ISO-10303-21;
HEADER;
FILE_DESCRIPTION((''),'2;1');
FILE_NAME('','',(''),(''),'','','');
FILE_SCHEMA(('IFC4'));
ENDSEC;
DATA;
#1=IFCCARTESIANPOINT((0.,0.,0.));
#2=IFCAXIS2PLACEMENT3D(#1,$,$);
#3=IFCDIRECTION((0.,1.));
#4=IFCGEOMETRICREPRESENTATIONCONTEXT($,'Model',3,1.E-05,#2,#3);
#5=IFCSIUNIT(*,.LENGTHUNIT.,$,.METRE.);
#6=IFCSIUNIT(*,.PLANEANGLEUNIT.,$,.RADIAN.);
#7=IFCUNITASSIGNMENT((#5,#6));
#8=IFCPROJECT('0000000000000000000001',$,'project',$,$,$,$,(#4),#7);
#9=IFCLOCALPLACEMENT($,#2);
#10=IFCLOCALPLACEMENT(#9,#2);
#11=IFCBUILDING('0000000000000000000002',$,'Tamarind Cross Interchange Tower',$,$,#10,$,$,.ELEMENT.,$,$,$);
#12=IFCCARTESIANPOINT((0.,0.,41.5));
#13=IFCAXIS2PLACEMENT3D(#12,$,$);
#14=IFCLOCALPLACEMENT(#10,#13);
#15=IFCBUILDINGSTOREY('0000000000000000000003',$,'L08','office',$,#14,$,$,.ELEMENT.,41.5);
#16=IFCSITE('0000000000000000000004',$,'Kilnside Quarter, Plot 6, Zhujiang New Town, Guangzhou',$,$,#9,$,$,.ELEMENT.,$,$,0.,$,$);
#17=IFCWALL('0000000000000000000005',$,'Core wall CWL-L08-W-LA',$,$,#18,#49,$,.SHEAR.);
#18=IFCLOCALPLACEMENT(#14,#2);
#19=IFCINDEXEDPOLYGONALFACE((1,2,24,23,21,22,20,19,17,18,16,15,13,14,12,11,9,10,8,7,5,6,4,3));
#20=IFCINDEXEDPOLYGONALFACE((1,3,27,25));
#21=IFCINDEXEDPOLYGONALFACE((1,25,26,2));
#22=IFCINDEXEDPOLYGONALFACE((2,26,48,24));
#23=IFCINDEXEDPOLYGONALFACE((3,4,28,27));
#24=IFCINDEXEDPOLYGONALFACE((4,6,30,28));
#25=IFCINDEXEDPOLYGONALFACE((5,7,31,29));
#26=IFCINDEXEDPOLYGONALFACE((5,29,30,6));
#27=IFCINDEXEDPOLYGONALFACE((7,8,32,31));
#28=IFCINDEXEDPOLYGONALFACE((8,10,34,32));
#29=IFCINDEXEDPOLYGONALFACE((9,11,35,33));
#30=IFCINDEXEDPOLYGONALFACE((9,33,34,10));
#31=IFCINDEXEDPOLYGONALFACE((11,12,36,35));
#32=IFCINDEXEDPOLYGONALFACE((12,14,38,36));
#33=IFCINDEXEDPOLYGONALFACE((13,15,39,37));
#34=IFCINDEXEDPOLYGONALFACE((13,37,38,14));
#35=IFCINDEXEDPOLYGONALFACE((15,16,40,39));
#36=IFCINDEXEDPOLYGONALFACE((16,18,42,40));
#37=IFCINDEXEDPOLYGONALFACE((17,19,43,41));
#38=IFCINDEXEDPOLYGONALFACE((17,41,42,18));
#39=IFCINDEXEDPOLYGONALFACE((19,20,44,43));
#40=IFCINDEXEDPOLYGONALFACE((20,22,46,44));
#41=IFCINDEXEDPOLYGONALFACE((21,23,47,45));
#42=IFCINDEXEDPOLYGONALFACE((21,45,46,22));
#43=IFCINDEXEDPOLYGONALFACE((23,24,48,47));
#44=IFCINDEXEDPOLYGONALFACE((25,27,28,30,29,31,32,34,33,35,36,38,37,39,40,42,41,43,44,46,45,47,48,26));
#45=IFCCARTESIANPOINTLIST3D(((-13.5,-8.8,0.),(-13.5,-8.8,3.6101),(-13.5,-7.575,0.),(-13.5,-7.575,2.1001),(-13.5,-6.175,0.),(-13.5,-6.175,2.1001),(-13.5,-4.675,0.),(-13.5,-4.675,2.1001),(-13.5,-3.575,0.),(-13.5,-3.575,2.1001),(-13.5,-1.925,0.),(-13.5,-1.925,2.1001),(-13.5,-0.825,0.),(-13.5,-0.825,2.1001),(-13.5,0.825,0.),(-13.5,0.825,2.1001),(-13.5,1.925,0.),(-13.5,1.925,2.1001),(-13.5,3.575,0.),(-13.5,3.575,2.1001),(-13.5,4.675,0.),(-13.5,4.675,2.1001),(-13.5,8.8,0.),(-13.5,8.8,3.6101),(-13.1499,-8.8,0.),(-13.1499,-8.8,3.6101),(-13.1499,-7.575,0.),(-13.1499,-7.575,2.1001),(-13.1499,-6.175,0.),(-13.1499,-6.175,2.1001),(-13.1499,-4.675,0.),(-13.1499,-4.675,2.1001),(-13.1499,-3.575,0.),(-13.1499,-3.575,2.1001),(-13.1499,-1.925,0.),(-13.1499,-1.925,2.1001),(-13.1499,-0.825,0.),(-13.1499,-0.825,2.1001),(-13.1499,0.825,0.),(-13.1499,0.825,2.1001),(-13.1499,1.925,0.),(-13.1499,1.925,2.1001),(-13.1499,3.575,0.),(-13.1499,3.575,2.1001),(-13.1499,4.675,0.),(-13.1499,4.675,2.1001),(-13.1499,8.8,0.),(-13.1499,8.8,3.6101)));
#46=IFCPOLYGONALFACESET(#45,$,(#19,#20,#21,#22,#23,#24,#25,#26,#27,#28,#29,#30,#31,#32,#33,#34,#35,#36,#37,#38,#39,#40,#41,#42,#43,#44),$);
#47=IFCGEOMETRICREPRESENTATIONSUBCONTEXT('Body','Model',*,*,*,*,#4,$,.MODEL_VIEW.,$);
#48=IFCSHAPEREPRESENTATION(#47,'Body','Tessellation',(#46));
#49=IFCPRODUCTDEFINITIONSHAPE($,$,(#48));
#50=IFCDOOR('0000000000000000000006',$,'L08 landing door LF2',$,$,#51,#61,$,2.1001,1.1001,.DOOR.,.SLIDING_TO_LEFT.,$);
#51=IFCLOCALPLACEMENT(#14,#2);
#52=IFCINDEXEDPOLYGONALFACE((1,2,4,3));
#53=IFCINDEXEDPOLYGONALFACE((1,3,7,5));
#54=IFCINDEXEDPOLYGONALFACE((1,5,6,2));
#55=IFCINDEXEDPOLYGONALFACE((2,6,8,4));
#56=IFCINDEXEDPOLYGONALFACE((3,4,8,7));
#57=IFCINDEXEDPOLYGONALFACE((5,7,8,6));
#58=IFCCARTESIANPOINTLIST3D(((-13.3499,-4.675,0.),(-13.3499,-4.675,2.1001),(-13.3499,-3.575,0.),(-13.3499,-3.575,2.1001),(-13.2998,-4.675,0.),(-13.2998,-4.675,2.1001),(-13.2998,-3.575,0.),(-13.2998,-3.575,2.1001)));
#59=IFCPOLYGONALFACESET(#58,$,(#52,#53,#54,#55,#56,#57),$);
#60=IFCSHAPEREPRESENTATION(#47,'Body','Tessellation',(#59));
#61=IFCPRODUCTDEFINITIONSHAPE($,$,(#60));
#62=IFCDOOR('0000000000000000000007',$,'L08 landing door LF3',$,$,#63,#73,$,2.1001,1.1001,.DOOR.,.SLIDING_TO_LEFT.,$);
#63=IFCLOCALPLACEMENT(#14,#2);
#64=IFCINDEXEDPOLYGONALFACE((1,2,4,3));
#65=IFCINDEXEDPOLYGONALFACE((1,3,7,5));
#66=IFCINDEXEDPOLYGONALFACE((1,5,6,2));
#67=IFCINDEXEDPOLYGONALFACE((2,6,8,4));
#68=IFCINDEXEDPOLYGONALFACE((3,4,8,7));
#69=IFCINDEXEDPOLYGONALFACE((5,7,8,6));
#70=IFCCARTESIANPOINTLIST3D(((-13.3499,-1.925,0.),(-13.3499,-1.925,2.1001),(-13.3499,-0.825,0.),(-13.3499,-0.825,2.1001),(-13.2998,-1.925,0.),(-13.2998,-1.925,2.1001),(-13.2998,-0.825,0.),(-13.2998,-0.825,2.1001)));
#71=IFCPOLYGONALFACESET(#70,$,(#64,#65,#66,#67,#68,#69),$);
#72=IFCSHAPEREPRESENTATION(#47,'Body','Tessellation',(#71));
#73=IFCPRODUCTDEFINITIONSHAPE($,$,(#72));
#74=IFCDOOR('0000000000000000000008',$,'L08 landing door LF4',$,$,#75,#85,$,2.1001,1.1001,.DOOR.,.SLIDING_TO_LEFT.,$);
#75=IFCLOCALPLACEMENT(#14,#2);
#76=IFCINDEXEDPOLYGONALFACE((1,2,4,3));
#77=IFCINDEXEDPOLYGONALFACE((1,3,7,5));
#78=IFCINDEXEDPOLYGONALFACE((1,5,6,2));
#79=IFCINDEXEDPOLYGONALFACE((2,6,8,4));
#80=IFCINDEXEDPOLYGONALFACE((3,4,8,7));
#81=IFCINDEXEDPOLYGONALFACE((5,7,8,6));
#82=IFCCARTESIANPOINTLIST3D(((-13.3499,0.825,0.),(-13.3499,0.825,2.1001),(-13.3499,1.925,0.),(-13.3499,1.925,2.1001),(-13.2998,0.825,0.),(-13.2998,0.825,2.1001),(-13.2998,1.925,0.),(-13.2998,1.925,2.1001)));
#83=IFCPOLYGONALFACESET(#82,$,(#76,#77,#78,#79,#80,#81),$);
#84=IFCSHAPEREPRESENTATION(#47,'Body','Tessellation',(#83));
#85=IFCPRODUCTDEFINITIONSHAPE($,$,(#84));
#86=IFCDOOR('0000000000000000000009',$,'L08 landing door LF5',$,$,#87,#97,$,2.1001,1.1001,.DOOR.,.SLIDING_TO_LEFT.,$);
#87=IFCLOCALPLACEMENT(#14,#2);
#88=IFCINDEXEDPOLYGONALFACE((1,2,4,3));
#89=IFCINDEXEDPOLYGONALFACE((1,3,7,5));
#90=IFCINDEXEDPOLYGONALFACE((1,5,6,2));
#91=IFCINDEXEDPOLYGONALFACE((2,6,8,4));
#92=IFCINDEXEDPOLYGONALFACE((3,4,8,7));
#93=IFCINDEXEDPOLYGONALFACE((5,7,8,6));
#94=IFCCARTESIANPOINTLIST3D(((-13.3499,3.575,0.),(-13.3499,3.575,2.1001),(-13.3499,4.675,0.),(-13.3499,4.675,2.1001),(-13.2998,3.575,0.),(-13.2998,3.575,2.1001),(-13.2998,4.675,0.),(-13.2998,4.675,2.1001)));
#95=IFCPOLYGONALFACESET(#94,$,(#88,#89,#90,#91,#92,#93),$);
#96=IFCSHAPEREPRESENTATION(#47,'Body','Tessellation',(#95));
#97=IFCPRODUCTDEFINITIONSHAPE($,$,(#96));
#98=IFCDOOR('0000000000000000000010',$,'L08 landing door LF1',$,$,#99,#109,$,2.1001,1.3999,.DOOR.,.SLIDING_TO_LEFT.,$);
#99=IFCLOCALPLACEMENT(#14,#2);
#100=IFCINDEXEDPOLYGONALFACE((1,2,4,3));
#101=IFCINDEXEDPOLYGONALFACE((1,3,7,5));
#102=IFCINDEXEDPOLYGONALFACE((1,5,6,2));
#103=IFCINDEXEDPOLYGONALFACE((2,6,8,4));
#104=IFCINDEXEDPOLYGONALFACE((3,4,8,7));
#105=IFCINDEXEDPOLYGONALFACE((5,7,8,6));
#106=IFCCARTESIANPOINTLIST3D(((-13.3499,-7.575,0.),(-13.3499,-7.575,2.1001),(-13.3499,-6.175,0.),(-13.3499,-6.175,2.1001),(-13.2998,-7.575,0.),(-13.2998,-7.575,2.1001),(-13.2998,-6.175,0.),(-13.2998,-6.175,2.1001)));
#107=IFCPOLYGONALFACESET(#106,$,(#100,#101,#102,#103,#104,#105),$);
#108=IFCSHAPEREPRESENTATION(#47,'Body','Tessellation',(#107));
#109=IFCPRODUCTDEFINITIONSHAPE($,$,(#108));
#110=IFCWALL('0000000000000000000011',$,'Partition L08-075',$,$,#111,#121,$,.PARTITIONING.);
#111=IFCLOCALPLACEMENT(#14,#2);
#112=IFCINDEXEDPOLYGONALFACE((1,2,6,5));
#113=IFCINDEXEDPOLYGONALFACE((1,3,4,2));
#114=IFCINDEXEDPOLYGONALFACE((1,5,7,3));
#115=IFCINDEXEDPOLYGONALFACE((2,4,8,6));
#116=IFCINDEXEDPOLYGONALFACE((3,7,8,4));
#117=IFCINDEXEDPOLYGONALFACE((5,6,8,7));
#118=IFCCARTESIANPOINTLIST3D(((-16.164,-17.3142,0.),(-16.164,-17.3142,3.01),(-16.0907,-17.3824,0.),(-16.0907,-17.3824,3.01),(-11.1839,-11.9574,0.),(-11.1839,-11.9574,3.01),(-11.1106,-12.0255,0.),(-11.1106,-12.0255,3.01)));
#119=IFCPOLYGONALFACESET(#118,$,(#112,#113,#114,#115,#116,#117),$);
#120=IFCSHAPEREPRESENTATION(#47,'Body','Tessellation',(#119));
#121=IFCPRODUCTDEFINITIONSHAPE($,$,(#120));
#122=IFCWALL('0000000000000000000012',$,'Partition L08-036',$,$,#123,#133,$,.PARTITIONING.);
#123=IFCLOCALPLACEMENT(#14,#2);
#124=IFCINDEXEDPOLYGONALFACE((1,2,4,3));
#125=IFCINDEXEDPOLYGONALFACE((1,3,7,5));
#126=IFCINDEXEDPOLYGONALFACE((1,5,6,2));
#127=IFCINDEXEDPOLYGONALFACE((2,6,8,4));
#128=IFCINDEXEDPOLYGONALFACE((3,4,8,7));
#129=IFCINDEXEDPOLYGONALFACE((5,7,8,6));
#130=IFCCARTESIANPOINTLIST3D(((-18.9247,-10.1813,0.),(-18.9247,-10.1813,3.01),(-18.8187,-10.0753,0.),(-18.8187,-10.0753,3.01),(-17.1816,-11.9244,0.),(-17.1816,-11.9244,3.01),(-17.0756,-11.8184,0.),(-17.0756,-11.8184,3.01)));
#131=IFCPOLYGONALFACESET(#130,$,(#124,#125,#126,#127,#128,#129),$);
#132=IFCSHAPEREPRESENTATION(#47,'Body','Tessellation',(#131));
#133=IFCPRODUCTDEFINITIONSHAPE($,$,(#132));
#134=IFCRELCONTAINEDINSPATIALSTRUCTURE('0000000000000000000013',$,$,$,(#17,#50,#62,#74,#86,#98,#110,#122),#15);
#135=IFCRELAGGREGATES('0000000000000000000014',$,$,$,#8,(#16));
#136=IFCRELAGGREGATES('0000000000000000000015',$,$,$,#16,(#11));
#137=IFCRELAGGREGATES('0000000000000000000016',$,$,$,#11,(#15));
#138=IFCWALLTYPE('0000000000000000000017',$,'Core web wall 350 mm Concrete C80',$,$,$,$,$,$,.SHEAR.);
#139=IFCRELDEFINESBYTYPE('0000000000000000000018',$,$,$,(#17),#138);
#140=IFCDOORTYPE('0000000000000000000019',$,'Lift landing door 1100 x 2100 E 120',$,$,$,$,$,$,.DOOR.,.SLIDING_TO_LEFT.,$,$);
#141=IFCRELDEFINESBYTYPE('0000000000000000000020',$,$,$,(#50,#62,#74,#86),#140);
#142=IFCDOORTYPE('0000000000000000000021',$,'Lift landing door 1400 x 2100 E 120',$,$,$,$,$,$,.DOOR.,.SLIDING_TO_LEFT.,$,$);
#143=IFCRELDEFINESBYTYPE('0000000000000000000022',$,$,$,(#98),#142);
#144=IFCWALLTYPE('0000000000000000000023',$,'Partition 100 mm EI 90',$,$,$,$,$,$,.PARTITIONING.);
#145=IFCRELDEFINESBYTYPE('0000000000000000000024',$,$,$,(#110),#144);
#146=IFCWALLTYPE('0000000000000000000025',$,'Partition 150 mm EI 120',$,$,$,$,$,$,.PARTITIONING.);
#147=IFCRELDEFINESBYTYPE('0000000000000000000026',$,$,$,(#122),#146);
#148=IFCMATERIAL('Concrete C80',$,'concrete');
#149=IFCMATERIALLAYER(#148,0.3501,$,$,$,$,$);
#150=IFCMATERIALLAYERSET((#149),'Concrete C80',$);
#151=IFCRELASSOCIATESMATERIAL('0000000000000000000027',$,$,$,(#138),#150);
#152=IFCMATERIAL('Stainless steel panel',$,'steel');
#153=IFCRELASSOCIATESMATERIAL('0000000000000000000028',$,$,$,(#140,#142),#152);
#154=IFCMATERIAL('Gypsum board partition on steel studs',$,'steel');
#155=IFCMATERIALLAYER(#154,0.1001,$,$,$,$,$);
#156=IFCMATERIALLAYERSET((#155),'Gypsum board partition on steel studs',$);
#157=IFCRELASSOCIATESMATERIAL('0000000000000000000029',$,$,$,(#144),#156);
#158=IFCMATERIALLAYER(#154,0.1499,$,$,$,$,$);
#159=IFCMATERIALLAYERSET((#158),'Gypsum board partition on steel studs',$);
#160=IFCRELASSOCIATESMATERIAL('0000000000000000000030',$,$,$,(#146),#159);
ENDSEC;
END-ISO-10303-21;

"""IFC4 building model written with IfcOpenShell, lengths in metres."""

from ifc_helpers import new_model, si_unit, direction, frame, frame_2d, origin, place, context, subcontext, project, spatial, rectangle, extrude, material, layer, layer_set, type_object, element, fill, save


model = new_model("IFC4")

# Units and contexts
model_context = context("Model", 3, precision=1e-05, world=origin(), true_north=direction((0.0, 1.0)))
body_context = subcontext(model_context, "Body", "Model", "MODEL_VIEW")
ifc_project = project(units=[si_unit("LENGTHUNIT", "METRE"), si_unit("PLANEANGLEUNIT", "RADIAN")], contexts=[model_context])

# Site, building, storey
site_placement = place(None, origin())
site = spatial("IfcSite", under=ifc_project, at=site_placement, Name="Kilnside Quarter, Plot 6, Zhujiang New Town, Guangzhou", CompositionType="ELEMENT", RefElevation=0.0)
building_placement = place(site_placement, origin())
building = spatial("IfcBuilding", under=site, at=building_placement, Name="Tamarind Cross Interchange Tower", CompositionType="ELEMENT")
storey_placement = place(building_placement, frame((0.0, 0.0, 41.5)))
storey = spatial("IfcBuildingStorey", under=building, at=storey_placement, Name="L08", Description="office", CompositionType="ELEMENT", Elevation=41.5)

# Wall, openings, doors
ifc_material_1 = material(Name="Concrete C80", Category="concrete")
ifc_layer_1 = layer(ifc_material_1, 0.3501)
ifc_layer_set_1 = layer_set([ifc_layer_1], Name="Concrete C80")
wall_type_1 = type_object("IfcWallType", Name="Core web wall 350 mm Concrete C80", PredefinedType="SHEAR", material=ifc_layer_set_1)
wall_1_placement = place(storey_placement, frame((-13.325, -8.8, 0.0), z_axis=(0.0, 0.0, 1.0), x_axis=(0.0, 1.0, 0.0)))
wall_1 = element("IfcWall", 1, at=wall_1_placement, inside=storey, type_object=wall_type_1, Name="Core wall CWL-L08-W-LA", PredefinedType="SHEAR", context=body_context, shape_type="SweptSolid", body=[
    extrude(rectangle(XDim=17.6001, YDim=0.3501, at=frame_2d((8.8, 0.0))), origin(), (0.0, 0.0, 1.0), 3.6101),
])
opening_1_placement = place(wall_1_placement, frame((1.2251, 0.0, 0.0)))
opening_1 = element("IfcOpeningElement", 2, at=opening_1_placement, cuts=wall_1, PredefinedType="OPENING", context=body_context, shape_type="SweptSolid", body=[
    extrude(rectangle(XDim=1.3999, YDim=2.1001, at=frame_2d((0.7, 1.05))), frame((0.0, 0.1851, 0.0), z_axis=(0.0, -1.0, 0.0), x_axis=(1.0, 0.0, 0.0)), (0.0, 0.0, 1.0), 0.3701),
])
opening_2_placement = place(wall_1_placement, frame((4.125, 0.0, 0.0)))
opening_2 = element("IfcOpeningElement", 3, at=opening_2_placement, cuts=wall_1, PredefinedType="OPENING", context=body_context, shape_type="SweptSolid", body=[
    extrude(rectangle(XDim=1.1001, YDim=2.1001, at=frame_2d((0.55, 1.05))), frame((0.0, 0.1851, 0.0), z_axis=(0.0, -1.0, 0.0), x_axis=(1.0, 0.0, 0.0)), (0.0, 0.0, 1.0), 0.3701),
])
opening_3_placement = place(wall_1_placement, frame((6.875, 0.0, 0.0)))
opening_3 = element("IfcOpeningElement", 4, at=opening_3_placement, cuts=wall_1, PredefinedType="OPENING", context=body_context, shape_type="SweptSolid", body=[
    extrude(rectangle(XDim=1.1001, YDim=2.1001, at=frame_2d((0.55, 1.05))), frame((0.0, 0.1851, 0.0), z_axis=(0.0, -1.0, 0.0), x_axis=(1.0, 0.0, 0.0)), (0.0, 0.0, 1.0), 0.3701),
])
opening_4_placement = place(wall_1_placement, frame((9.625, 0.0, 0.0)))
opening_4 = element("IfcOpeningElement", 5, at=opening_4_placement, cuts=wall_1, PredefinedType="OPENING", context=body_context, shape_type="SweptSolid", body=[
    extrude(rectangle(XDim=1.1001, YDim=2.1001, at=frame_2d((0.55, 1.05))), frame((0.0, 0.1851, 0.0), z_axis=(0.0, -1.0, 0.0), x_axis=(1.0, 0.0, 0.0)), (0.0, 0.0, 1.0), 0.3701),
])
opening_5_placement = place(wall_1_placement, frame((12.375, 0.0, 0.0)))
opening_5 = element("IfcOpeningElement", 6, at=opening_5_placement, cuts=wall_1, PredefinedType="OPENING", context=body_context, shape_type="SweptSolid", body=[
    extrude(rectangle(XDim=1.1001, YDim=2.1001, at=frame_2d((0.55, 1.05))), frame((0.0, 0.1851, 0.0), z_axis=(0.0, -1.0, 0.0), x_axis=(1.0, 0.0, 0.0)), (0.0, 0.0, 1.0), 0.3701),
])
ifc_material_2 = material(Name="Stainless steel panel", Category="steel")
door_type_1 = type_object("IfcDoorType", Name="Lift landing door 1100 x 2100 E 120", OperationType="SLIDING_TO_LEFT", PredefinedType="DOOR", material=ifc_material_2)
door_1_placement = place(opening_2_placement, origin())
door_1 = element("IfcDoor", 7, at=door_1_placement, inside=storey, type_object=door_type_1, Name="L08 landing door LF2", OperationType="SLIDING_TO_LEFT", OverallHeight=2.1001, OverallWidth=1.1001, PredefinedType="DOOR", context=body_context, shape_type="SweptSolid", body=[
    extrude(rectangle(XDim=1.1001, YDim=2.1001, at=frame_2d((0.55, 1.05))), frame((0.0, 0.0249, 0.0), z_axis=(0.0, -1.0, 0.0), x_axis=(1.0, 0.0, 0.0)), (0.0, 0.0, 1.0), 0.05),
])
fill(opening_2, door_1)
door_2_placement = place(opening_3_placement, origin())
door_2 = element("IfcDoor", 8, at=door_2_placement, inside=storey, type_object=door_type_1, Name="L08 landing door LF3", OperationType="SLIDING_TO_LEFT", OverallHeight=2.1001, OverallWidth=1.1001, PredefinedType="DOOR", context=body_context, shape_type="SweptSolid", body=[
    extrude(rectangle(XDim=1.1001, YDim=2.1001, at=frame_2d((0.55, 1.05))), frame((0.0, 0.0249, 0.0), z_axis=(0.0, -1.0, 0.0), x_axis=(1.0, 0.0, 0.0)), (0.0, 0.0, 1.0), 0.05),
])
fill(opening_3, door_2)
door_3_placement = place(opening_4_placement, origin())
door_3 = element("IfcDoor", 9, at=door_3_placement, inside=storey, type_object=door_type_1, Name="L08 landing door LF4", OperationType="SLIDING_TO_LEFT", OverallHeight=2.1001, OverallWidth=1.1001, PredefinedType="DOOR", context=body_context, shape_type="SweptSolid", body=[
    extrude(rectangle(XDim=1.1001, YDim=2.1001, at=frame_2d((0.55, 1.05))), frame((0.0, 0.0249, 0.0), z_axis=(0.0, -1.0, 0.0), x_axis=(1.0, 0.0, 0.0)), (0.0, 0.0, 1.0), 0.05),
])
fill(opening_4, door_3)
door_4_placement = place(opening_5_placement, origin())
door_4 = element("IfcDoor", 10, at=door_4_placement, inside=storey, type_object=door_type_1, Name="L08 landing door LF5", OperationType="SLIDING_TO_LEFT", OverallHeight=2.1001, OverallWidth=1.1001, PredefinedType="DOOR", context=body_context, shape_type="SweptSolid", body=[
    extrude(rectangle(XDim=1.1001, YDim=2.1001, at=frame_2d((0.55, 1.05))), frame((0.0, 0.0249, 0.0), z_axis=(0.0, -1.0, 0.0), x_axis=(1.0, 0.0, 0.0)), (0.0, 0.0, 1.0), 0.05),
])
fill(opening_5, door_4)
door_type_2 = type_object("IfcDoorType", Name="Lift landing door 1400 x 2100 E 120", OperationType="SLIDING_TO_LEFT", PredefinedType="DOOR", material=ifc_material_2)
door_5_placement = place(opening_1_placement, origin())
door_5 = element("IfcDoor", 11, at=door_5_placement, inside=storey, type_object=door_type_2, Name="L08 landing door LF1", OperationType="SLIDING_TO_LEFT", OverallHeight=2.1001, OverallWidth=1.3999, PredefinedType="DOOR", context=body_context, shape_type="SweptSolid", body=[
    extrude(rectangle(XDim=1.3999, YDim=2.1001, at=frame_2d((0.7, 1.05))), frame((0.0, 0.0249, 0.0), z_axis=(0.0, -1.0, 0.0), x_axis=(1.0, 0.0, 0.0)), (0.0, 0.0, 1.0), 0.05),
])
fill(opening_1, door_5)

# Walls
ifc_material_3 = material(Name="Gypsum board partition on steel studs", Category="steel")
ifc_layer_2 = layer(ifc_material_3, 0.1001)
ifc_layer_set_2 = layer_set([ifc_layer_2], Name="Gypsum board partition on steel studs")
wall_type_2 = type_object("IfcWallType", Name="Partition 100 mm EI 90", PredefinedType="PARTITIONING", material=ifc_layer_set_2)
wall_2_placement = place(storey_placement, frame((-16.1274, -17.3484, 0.0), z_axis=(0.0, 0.0, 1.0), x_axis=(0.680886, 0.732389, 0.0)))
element("IfcWall", 12, at=wall_2_placement, inside=storey, type_object=wall_type_2, Name="Partition L08-075", PredefinedType="PARTITIONING", context=body_context, shape_type="SweptSolid", body=[
    extrude(rectangle(XDim=7.3142, YDim=0.1001, at=frame_2d((3.6572, 0.0))), origin(), (0.0, 0.0, 1.0), 3.01),
])
ifc_layer_3 = layer(ifc_material_3, 0.1499)
ifc_layer_set_3 = layer_set([ifc_layer_3], Name="Gypsum board partition on steel studs")
wall_type_3 = type_object("IfcWallType", Name="Partition 150 mm EI 120", PredefinedType="PARTITIONING", material=ifc_layer_set_3)
wall_3_placement = place(storey_placement, frame((-18.8716, -10.1284, 0.0), z_axis=(0.0, 0.0, 1.0), x_axis=(0.707107, -0.707107, 0.0)))
element("IfcWall", 13, at=wall_3_placement, inside=storey, type_object=wall_type_3, Name="Partition L08-036", PredefinedType="PARTITIONING", context=body_context, shape_type="SweptSolid", body=[
    extrude(rectangle(XDim=2.4651, YDim=0.1499, at=frame_2d((1.2324, 0.0))), origin(), (0.0, 0.0, 1.0), 3.01),
])

save(model, "model.ifc")
